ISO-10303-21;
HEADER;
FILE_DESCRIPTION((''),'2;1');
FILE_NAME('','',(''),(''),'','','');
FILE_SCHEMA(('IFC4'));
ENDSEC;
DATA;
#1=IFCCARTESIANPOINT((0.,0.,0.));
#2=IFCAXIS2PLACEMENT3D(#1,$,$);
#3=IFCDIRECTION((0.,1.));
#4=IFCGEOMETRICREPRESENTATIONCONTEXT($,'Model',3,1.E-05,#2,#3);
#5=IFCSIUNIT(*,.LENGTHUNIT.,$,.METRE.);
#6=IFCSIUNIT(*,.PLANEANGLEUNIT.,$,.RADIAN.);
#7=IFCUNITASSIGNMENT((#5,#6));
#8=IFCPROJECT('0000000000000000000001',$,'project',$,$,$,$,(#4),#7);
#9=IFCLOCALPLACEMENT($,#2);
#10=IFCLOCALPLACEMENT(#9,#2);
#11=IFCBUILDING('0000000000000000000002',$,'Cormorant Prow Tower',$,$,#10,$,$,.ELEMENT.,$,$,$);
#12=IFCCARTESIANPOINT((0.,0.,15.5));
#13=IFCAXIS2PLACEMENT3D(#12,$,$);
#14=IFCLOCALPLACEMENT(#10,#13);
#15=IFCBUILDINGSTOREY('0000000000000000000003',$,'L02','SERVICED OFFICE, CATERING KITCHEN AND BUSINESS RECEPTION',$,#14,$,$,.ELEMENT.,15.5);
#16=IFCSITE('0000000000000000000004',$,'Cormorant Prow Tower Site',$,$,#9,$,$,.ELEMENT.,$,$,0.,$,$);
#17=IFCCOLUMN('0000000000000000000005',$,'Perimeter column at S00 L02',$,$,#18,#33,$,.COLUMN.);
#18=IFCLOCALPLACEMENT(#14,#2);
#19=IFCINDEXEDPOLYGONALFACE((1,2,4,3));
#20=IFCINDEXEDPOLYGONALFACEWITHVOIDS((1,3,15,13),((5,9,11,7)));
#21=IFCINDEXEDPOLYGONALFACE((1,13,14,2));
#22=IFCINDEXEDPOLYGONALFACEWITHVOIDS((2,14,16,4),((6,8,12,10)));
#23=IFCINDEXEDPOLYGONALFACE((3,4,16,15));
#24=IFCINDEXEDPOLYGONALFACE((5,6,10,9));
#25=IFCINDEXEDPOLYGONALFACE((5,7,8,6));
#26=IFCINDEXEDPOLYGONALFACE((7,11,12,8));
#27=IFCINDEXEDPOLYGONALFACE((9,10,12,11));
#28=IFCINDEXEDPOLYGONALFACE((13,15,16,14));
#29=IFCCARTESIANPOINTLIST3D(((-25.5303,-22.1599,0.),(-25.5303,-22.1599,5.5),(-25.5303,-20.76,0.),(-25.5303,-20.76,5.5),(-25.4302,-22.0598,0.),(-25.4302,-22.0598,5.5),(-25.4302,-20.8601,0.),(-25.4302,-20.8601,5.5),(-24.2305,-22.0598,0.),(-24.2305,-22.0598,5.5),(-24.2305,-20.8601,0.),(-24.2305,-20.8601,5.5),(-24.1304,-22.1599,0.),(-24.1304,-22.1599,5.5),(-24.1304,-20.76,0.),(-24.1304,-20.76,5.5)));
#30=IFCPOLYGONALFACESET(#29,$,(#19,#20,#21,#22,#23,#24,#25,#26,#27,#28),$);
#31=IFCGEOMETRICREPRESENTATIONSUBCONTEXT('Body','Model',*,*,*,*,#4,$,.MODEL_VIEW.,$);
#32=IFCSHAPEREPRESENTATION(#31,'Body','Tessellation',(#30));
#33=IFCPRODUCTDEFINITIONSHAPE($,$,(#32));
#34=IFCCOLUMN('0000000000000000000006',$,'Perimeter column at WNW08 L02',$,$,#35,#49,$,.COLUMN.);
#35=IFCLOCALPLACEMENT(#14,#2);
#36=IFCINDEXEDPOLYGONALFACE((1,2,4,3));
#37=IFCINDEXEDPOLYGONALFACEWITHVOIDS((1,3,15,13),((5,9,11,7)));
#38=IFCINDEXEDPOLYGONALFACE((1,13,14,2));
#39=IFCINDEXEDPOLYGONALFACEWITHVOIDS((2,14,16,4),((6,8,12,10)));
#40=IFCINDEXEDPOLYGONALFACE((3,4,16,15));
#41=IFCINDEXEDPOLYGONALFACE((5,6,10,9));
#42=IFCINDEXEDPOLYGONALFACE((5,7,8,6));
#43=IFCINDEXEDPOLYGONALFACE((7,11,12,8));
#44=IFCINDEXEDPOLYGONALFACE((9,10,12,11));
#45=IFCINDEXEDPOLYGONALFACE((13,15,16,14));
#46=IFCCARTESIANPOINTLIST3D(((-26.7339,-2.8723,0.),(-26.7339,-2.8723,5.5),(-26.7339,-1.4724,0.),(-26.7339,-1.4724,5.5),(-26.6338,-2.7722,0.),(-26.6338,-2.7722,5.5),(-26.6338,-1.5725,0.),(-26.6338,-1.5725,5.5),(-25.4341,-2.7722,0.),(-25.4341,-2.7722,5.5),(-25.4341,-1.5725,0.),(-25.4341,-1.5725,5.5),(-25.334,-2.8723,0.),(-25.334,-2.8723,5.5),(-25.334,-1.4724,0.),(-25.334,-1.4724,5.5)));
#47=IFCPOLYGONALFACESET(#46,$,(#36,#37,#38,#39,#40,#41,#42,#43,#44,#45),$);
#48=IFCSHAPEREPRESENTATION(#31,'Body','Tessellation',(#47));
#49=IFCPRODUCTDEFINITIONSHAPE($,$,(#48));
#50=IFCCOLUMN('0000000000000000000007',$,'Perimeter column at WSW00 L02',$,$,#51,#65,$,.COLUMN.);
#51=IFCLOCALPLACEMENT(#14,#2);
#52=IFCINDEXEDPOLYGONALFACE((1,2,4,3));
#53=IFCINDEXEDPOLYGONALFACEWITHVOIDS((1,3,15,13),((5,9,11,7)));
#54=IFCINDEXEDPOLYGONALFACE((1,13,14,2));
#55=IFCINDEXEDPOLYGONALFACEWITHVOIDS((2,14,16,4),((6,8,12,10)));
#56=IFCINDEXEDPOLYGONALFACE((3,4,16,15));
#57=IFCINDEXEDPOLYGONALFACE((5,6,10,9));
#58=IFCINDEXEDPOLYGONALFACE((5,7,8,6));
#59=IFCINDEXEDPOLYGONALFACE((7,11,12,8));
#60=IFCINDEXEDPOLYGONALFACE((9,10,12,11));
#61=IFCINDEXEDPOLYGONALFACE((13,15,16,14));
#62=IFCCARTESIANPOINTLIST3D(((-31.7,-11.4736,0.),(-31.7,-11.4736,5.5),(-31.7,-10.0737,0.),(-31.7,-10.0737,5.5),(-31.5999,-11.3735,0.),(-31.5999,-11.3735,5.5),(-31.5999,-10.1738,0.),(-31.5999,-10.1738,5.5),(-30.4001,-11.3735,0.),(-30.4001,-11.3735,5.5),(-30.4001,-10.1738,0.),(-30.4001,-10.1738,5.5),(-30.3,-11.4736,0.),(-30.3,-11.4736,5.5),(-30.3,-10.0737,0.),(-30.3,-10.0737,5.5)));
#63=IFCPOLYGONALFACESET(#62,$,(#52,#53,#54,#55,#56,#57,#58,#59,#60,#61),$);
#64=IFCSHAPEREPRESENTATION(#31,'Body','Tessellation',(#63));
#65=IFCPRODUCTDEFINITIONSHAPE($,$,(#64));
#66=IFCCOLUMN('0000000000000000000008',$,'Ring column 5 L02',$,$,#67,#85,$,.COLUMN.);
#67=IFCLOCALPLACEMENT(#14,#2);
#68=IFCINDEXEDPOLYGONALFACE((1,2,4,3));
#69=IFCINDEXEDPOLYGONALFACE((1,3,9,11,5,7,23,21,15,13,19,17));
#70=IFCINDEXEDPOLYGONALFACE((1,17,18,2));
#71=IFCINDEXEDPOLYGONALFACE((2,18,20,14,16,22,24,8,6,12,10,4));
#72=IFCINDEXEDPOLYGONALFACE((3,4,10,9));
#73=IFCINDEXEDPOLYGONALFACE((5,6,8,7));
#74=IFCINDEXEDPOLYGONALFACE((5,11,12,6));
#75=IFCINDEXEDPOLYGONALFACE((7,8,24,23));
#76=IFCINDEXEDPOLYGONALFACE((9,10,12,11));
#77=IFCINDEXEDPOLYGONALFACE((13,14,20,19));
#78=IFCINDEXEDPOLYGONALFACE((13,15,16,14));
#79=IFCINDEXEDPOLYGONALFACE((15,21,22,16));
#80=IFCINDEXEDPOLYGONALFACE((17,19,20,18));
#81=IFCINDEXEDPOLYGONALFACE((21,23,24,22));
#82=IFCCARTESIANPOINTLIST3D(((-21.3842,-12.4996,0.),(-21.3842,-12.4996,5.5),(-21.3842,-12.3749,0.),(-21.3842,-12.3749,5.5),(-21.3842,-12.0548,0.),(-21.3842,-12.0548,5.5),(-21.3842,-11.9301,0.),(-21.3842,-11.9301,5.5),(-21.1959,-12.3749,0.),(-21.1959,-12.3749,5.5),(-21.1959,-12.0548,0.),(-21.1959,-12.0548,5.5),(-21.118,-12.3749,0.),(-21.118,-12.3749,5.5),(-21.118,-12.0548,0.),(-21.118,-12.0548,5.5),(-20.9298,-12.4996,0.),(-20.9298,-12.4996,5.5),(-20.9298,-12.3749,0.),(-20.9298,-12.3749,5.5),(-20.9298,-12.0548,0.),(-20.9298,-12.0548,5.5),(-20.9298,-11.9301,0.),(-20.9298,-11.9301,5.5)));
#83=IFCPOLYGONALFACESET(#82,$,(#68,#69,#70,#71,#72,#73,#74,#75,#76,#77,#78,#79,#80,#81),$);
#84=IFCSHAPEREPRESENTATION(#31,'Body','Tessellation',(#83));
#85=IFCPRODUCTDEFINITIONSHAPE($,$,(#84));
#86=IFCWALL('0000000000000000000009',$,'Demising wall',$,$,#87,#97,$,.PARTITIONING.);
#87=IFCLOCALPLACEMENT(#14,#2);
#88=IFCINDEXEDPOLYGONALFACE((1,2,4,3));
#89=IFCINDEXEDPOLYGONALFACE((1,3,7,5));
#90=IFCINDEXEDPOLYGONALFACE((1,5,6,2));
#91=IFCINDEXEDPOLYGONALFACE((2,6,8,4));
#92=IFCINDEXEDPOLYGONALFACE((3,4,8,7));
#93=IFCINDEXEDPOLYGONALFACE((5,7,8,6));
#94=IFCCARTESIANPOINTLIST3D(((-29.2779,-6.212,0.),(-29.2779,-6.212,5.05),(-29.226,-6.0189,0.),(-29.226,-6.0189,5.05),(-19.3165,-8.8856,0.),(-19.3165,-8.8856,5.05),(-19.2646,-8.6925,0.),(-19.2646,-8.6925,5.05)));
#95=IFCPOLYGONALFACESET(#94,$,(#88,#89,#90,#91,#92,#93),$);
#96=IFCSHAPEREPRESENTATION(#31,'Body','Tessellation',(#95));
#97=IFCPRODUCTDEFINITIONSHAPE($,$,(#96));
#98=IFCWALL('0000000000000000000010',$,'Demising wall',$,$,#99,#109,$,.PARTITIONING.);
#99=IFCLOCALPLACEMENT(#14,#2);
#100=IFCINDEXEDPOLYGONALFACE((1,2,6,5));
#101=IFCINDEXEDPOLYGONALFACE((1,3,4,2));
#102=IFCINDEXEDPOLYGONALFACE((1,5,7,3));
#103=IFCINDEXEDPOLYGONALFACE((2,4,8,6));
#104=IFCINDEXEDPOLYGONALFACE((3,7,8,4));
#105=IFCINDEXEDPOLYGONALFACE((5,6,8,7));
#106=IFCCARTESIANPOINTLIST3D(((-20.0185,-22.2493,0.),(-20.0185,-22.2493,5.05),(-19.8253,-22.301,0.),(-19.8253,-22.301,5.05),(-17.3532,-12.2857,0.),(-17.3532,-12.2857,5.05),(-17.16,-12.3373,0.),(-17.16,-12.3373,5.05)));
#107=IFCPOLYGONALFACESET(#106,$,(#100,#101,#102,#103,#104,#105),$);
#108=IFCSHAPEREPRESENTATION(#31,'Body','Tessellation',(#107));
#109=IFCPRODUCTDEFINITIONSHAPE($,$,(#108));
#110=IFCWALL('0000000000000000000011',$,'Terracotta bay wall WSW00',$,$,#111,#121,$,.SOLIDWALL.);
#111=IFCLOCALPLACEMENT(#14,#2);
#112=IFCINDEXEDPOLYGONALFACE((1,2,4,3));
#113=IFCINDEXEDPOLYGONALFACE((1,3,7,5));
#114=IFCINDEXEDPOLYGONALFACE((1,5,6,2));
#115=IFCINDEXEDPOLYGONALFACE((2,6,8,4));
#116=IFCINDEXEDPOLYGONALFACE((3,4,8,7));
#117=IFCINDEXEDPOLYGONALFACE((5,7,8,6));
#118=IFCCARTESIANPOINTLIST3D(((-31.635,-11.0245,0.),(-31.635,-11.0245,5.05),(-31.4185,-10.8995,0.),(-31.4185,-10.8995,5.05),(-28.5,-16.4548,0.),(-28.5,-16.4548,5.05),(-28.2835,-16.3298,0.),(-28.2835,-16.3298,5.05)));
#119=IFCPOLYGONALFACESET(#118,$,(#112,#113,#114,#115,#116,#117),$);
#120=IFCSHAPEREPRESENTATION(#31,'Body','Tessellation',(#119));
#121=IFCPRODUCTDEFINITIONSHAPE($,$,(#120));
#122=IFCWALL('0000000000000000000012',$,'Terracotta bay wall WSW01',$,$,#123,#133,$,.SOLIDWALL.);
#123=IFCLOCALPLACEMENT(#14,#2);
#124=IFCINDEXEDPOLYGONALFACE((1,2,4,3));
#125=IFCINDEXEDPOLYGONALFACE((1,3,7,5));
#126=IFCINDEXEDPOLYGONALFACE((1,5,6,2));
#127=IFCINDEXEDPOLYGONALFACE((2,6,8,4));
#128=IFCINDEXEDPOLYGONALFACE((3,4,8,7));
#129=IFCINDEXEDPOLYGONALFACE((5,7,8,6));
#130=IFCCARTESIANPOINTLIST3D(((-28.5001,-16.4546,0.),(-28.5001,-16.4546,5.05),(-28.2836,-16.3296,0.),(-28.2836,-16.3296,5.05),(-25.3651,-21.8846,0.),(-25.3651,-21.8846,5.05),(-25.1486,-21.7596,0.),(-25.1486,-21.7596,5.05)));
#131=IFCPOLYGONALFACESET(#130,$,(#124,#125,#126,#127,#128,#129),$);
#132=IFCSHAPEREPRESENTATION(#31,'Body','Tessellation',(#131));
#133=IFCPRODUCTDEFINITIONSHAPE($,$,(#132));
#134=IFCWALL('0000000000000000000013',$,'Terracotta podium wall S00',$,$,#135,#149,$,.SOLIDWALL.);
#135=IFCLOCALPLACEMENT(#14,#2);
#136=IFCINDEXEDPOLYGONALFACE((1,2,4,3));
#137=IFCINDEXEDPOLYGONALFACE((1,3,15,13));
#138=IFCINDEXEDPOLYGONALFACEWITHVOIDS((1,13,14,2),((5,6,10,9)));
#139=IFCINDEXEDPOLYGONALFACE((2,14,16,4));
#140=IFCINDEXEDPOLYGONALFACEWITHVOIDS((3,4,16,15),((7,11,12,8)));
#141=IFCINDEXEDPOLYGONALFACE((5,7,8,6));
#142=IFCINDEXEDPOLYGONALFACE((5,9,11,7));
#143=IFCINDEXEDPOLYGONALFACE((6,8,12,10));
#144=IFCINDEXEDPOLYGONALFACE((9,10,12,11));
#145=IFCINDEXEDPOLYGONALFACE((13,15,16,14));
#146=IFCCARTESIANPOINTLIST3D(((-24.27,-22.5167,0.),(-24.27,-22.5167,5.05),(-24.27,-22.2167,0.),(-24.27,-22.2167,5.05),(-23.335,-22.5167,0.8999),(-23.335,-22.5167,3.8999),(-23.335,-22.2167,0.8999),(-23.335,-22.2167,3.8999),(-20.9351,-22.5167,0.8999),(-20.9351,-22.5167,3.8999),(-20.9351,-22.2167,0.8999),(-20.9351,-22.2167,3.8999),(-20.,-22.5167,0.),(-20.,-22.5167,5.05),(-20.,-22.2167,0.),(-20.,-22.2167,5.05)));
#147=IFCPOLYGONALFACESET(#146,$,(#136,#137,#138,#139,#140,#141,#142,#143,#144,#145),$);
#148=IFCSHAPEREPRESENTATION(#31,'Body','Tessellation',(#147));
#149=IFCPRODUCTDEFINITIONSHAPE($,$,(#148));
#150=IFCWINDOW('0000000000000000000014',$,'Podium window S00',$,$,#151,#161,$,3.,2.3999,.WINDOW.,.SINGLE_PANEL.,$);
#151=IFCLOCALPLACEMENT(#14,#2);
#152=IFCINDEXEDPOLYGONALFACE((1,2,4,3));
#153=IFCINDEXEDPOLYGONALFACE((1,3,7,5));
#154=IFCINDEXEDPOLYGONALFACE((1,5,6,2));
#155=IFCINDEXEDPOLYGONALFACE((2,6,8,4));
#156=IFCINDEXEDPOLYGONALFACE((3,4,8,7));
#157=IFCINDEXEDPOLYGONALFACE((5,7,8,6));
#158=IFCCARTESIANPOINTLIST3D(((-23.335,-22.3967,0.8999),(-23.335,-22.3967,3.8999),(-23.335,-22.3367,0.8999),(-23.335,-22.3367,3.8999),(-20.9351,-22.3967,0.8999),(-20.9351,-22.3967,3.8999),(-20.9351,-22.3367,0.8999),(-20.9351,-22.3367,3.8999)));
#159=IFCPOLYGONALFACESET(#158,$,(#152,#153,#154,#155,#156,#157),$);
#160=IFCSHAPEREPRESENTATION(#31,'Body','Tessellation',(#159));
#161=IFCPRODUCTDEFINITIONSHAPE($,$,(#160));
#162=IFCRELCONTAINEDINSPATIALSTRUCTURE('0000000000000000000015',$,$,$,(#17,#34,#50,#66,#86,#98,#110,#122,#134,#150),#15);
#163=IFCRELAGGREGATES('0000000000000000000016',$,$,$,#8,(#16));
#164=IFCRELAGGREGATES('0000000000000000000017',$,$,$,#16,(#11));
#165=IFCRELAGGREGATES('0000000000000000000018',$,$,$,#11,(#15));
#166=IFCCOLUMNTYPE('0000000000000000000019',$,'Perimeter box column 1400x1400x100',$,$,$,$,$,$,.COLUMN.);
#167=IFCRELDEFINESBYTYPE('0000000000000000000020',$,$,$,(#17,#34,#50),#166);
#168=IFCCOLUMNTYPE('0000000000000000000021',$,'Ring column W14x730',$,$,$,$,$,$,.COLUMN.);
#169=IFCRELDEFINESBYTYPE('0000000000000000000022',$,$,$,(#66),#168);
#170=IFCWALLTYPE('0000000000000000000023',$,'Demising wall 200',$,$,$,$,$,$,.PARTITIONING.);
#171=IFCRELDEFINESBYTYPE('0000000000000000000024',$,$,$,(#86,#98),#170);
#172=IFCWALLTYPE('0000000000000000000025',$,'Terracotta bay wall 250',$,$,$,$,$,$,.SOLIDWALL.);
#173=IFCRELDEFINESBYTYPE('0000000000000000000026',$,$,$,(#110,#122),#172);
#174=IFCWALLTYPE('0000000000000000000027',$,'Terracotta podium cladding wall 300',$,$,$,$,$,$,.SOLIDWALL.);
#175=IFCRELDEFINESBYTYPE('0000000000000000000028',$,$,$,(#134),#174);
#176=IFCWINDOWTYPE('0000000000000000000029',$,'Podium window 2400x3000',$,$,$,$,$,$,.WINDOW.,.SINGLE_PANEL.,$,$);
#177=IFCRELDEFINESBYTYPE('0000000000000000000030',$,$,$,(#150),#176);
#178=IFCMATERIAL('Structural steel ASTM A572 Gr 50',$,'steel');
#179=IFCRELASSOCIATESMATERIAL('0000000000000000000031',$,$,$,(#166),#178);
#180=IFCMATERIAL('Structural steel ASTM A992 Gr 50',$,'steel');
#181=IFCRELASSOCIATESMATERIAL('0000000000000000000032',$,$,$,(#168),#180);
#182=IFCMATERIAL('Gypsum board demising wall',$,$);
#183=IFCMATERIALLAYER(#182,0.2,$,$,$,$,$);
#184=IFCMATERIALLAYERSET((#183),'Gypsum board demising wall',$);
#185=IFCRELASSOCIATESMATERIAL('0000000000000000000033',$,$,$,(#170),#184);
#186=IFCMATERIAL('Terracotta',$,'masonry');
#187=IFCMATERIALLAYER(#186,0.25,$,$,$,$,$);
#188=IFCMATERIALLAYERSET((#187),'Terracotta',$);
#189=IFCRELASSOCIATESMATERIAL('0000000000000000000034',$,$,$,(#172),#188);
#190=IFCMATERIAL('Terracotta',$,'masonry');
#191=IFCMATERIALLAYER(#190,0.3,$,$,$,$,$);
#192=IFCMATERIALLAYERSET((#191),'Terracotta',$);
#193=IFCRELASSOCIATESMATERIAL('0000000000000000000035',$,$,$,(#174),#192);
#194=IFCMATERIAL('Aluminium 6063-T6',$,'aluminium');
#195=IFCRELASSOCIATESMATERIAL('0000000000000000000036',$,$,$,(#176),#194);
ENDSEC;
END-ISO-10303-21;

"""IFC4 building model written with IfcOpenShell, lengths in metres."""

from ifc_helpers import new_model, si_unit, direction, frame, frame_2d, origin, origin_2d, place, context, subcontext, project, spatial, rectangle, hollow_rectangle, i_section, extrude, material, layer, layer_set, material_profile, profile_set, type_object, element, fill, save


model = new_model("IFC4")

# Units and contexts
model_context = context("Model", 3, precision=1e-05, world=origin(), true_north=direction((0.0, 1.0)))
body_context = subcontext(model_context, "Body", "Model", "MODEL_VIEW")
ifc_project = project(units=[si_unit("LENGTHUNIT", "METRE"), si_unit("PLANEANGLEUNIT", "RADIAN")], contexts=[model_context])

# Site, building, storey
site_placement = place(None, origin())
site = spatial("IfcSite", under=ifc_project, at=site_placement, Name="Cormorant Prow Tower Site", CompositionType="ELEMENT", RefElevation=0.0)
building_placement = place(site_placement, origin())
building = spatial("IfcBuilding", under=site, at=building_placement, Name="Cormorant Prow Tower", CompositionType="ELEMENT")
storey_placement = place(building_placement, frame((0.0, 0.0, 15.5)))
storey = spatial("IfcBuildingStorey", under=building, at=storey_placement, Name="L02", Description="SERVICED OFFICE, CATERING KITCHEN AND BUSINESS RECEPTION", CompositionType="ELEMENT", Elevation=15.5)

# Columns
ifc_material_1 = material(Name="Structural steel ASTM A572 Gr 50", Category="steel")
ifc_material_profile_1 = material_profile(ifc_material_1, hollow_rectangle(XDim=1.3999, YDim=1.3999, WallThickness=0.1001, at=origin_2d()), Name="Box 1400x1400x100")
ifc_profile_set_1 = profile_set([ifc_material_profile_1], Name="Structural steel ASTM A572 Gr 50")
column_type_1 = type_object("IfcColumnType", Name="Perimeter box column 1400x1400x100", PredefinedType="COLUMN", material=ifc_profile_set_1)
for number, where, z_axis, x_axis, name in (
    (1, (-24.8303, -21.46, 0.0), (0.0, 0.0, 1.0), (1.0, 0.0, 0.0), "Perimeter column at S00 L02"),
    (2, (-26.0339, -2.1724, 0.0), (0.0, 0.0, 1.0), (1.0, 0.0, 0.0), "Perimeter column at WNW08 L02"),
    (3, (-31.0, -10.7737, 0.0), (0.0, 0.0, 1.0), (1.0, 0.0, 0.0), "Perimeter column at WSW00 L02"),
):
    element("IfcColumn", number, at=place(storey_placement, frame(where, z_axis=z_axis, x_axis=x_axis)), inside=storey, type_object=column_type_1, Name=name, PredefinedType="COLUMN", context=body_context, shape_type="SweptSolid", body=[
        extrude(hollow_rectangle(XDim=1.3999, YDim=1.3999, WallThickness=0.1001, at=origin_2d()), origin(), (0.0, 0.0, 1.0), 5.5),
    ])
ifc_material_2 = material(Name="Structural steel ASTM A992 Gr 50", Category="steel")
ifc_material_profile_2 = material_profile(ifc_material_2, i_section(OverallWidth=0.4543, OverallDepth=0.5696, WebThickness=0.0779, FlangeThickness=0.1248, at=origin_2d()), Name="W14x730")
ifc_profile_set_2 = profile_set([ifc_material_profile_2], Name="Structural steel ASTM A992 Gr 50")
column_type_2 = type_object("IfcColumnType", Name="Ring column W14x730", PredefinedType="COLUMN", material=ifc_profile_set_2)
column_placement = place(storey_placement, frame((-21.157, -12.2148, 0.0), z_axis=(0.0, 0.0, 1.0), x_axis=(1.0, 0.0, 0.0)))
element("IfcColumn", 4, at=column_placement, inside=storey, type_object=column_type_2, Name="Ring column 5 L02", PredefinedType="COLUMN", context=body_context, shape_type="SweptSolid", body=[
    extrude(i_section(OverallWidth=0.4543, OverallDepth=0.5696, WebThickness=0.0779, FlangeThickness=0.1248, at=origin_2d()), origin(), (0.0, 0.0, 1.0), 5.5),
])

# Walls
ifc_material_3 = material(Name="Gypsum board demising wall")
ifc_layer_1 = layer(ifc_material_3, 0.2)
ifc_layer_set_1 = layer_set([ifc_layer_1], Name="Gypsum board demising wall")
wall_type_1 = type_object("IfcWallType", Name="Demising wall 200", PredefinedType="PARTITIONING", material=ifc_layer_set_1)
for number, where, z_axis, x_axis, name in (
    (5, (-29.252, -6.1155, 0.0), (0.0, 0.0, 1.0), (0.965818, -0.25922, 0.0), "Demising wall"),
    (6, (-19.9219, -22.2751, 0.0), (0.0, 0.0, 1.0), (0.258415, 0.966034, 0.0), "Demising wall"),
):
    element("IfcWall", number, at=place(storey_placement, frame(where, z_axis=z_axis, x_axis=x_axis)), inside=storey, type_object=wall_type_1, Name=name, PredefinedType="PARTITIONING", context=body_context, shape_type="SweptSolid", body=[
        extrude(rectangle(XDim=10.314, YDim=0.2, at=frame_2d((5.157, 0.0))), origin(), (0.0, 0.0, 1.0), 5.05),
    ])
ifc_material_4 = material(Name="Terracotta", Category="masonry")
ifc_layer_2 = layer(ifc_material_4, 0.25)
ifc_layer_set_2 = layer_set([ifc_layer_2], Name="Terracotta")
wall_type_2 = type_object("IfcWallType", Name="Terracotta bay wall 250", PredefinedType="SOLIDWALL", material=ifc_layer_set_2)
wall_1_placement = place(storey_placement, frame((-31.5269, -10.9619, 0.0), z_axis=(0.0, 0.0, 1.0), x_axis=(0.499988, -0.866033, 0.0)))
element("IfcWall", 7, at=wall_1_placement, inside=storey, type_object=wall_type_2, Name="Terracotta bay wall WSW00", PredefinedType="SOLIDWALL", context=body_context, shape_type="SweptSolid", body=[
    extrude(rectangle(XDim=6.2703, YDim=0.25, at=frame_2d((3.1353, 0.0))), origin(), (0.0, 0.0, 1.0), 5.05),
])
wall_2_placement = place(storey_placement, frame((-28.3918, -16.3921, 0.0), z_axis=(0.0, 0.0, 1.0), x_axis=(0.500004, -0.866023, 0.0)))
element("IfcWall", 8, at=wall_2_placement, inside=storey, type_object=wall_type_2, Name="Terracotta bay wall WSW01", PredefinedType="SOLIDWALL", context=body_context, shape_type="SweptSolid", body=[
    extrude(rectangle(XDim=6.27, YDim=0.25, at=frame_2d((3.135, 0.0))), origin(), (0.0, 0.0, 1.0), 5.05),
])

# Wall, opening, window
ifc_material_5 = material(Name="Terracotta", Category="masonry")
ifc_layer_3 = layer(ifc_material_5, 0.3)
ifc_layer_set_3 = layer_set([ifc_layer_3], Name="Terracotta")
wall_type_3 = type_object("IfcWallType", Name="Terracotta podium cladding wall 300", PredefinedType="SOLIDWALL", material=ifc_layer_set_3)
wall_3_placement = place(storey_placement, frame((-24.27, -22.3667, 0.0), z_axis=(0.0, 0.0, 1.0), x_axis=(1.0, 0.0, 0.0)))
wall_3 = element("IfcWall", 9, at=wall_3_placement, inside=storey, type_object=wall_type_3, Name="Terracotta podium wall S00", PredefinedType="SOLIDWALL", context=body_context, shape_type="SweptSolid", body=[
    extrude(rectangle(XDim=4.27, YDim=0.3, at=frame_2d((2.135, 0.0))), origin(), (0.0, 0.0, 1.0), 5.05),
])
opening_1_placement = place(wall_3_placement, frame((0.9351, 0.0, 0.8999)))
opening_1 = element("IfcOpeningElement", 10, at=opening_1_placement, cuts=wall_3, PredefinedType="OPENING", context=body_context, shape_type="SweptSolid", body=[
    extrude(rectangle(XDim=2.3999, YDim=3.0, at=frame_2d((1.2, 1.5))), frame((0.0, 0.1599, 0.0), z_axis=(0.0, -1.0, 0.0), x_axis=(1.0, 0.0, 0.0)), (0.0, 0.0, 1.0), 0.3201),
])
ifc_material_6 = material(Name="Aluminium 6063-T6", Category="aluminium")
window_type = type_object("IfcWindowType", Name="Podium window 2400x3000", PartitioningType="SINGLE_PANEL", PredefinedType="WINDOW", material=ifc_material_6)
window_1_placement = place(opening_1_placement, origin())
window_1 = element("IfcWindow", 11, at=window_1_placement, inside=storey, type_object=window_type, Name="Podium window S00", OverallHeight=3.0, OverallWidth=2.3999, PartitioningType="SINGLE_PANEL", PredefinedType="WINDOW", context=body_context, shape_type="SweptSolid", body=[
    extrude(rectangle(XDim=2.3999, YDim=3.0, at=frame_2d((1.2, 1.5))), frame((0.0, 0.03, 0.0), z_axis=(0.0, -1.0, 0.0), x_axis=(1.0, 0.0, 0.0)), (0.0, 0.0, 1.0), 0.0601),
])
fill(opening_1, window_1)

save(model, "model.ifc")
